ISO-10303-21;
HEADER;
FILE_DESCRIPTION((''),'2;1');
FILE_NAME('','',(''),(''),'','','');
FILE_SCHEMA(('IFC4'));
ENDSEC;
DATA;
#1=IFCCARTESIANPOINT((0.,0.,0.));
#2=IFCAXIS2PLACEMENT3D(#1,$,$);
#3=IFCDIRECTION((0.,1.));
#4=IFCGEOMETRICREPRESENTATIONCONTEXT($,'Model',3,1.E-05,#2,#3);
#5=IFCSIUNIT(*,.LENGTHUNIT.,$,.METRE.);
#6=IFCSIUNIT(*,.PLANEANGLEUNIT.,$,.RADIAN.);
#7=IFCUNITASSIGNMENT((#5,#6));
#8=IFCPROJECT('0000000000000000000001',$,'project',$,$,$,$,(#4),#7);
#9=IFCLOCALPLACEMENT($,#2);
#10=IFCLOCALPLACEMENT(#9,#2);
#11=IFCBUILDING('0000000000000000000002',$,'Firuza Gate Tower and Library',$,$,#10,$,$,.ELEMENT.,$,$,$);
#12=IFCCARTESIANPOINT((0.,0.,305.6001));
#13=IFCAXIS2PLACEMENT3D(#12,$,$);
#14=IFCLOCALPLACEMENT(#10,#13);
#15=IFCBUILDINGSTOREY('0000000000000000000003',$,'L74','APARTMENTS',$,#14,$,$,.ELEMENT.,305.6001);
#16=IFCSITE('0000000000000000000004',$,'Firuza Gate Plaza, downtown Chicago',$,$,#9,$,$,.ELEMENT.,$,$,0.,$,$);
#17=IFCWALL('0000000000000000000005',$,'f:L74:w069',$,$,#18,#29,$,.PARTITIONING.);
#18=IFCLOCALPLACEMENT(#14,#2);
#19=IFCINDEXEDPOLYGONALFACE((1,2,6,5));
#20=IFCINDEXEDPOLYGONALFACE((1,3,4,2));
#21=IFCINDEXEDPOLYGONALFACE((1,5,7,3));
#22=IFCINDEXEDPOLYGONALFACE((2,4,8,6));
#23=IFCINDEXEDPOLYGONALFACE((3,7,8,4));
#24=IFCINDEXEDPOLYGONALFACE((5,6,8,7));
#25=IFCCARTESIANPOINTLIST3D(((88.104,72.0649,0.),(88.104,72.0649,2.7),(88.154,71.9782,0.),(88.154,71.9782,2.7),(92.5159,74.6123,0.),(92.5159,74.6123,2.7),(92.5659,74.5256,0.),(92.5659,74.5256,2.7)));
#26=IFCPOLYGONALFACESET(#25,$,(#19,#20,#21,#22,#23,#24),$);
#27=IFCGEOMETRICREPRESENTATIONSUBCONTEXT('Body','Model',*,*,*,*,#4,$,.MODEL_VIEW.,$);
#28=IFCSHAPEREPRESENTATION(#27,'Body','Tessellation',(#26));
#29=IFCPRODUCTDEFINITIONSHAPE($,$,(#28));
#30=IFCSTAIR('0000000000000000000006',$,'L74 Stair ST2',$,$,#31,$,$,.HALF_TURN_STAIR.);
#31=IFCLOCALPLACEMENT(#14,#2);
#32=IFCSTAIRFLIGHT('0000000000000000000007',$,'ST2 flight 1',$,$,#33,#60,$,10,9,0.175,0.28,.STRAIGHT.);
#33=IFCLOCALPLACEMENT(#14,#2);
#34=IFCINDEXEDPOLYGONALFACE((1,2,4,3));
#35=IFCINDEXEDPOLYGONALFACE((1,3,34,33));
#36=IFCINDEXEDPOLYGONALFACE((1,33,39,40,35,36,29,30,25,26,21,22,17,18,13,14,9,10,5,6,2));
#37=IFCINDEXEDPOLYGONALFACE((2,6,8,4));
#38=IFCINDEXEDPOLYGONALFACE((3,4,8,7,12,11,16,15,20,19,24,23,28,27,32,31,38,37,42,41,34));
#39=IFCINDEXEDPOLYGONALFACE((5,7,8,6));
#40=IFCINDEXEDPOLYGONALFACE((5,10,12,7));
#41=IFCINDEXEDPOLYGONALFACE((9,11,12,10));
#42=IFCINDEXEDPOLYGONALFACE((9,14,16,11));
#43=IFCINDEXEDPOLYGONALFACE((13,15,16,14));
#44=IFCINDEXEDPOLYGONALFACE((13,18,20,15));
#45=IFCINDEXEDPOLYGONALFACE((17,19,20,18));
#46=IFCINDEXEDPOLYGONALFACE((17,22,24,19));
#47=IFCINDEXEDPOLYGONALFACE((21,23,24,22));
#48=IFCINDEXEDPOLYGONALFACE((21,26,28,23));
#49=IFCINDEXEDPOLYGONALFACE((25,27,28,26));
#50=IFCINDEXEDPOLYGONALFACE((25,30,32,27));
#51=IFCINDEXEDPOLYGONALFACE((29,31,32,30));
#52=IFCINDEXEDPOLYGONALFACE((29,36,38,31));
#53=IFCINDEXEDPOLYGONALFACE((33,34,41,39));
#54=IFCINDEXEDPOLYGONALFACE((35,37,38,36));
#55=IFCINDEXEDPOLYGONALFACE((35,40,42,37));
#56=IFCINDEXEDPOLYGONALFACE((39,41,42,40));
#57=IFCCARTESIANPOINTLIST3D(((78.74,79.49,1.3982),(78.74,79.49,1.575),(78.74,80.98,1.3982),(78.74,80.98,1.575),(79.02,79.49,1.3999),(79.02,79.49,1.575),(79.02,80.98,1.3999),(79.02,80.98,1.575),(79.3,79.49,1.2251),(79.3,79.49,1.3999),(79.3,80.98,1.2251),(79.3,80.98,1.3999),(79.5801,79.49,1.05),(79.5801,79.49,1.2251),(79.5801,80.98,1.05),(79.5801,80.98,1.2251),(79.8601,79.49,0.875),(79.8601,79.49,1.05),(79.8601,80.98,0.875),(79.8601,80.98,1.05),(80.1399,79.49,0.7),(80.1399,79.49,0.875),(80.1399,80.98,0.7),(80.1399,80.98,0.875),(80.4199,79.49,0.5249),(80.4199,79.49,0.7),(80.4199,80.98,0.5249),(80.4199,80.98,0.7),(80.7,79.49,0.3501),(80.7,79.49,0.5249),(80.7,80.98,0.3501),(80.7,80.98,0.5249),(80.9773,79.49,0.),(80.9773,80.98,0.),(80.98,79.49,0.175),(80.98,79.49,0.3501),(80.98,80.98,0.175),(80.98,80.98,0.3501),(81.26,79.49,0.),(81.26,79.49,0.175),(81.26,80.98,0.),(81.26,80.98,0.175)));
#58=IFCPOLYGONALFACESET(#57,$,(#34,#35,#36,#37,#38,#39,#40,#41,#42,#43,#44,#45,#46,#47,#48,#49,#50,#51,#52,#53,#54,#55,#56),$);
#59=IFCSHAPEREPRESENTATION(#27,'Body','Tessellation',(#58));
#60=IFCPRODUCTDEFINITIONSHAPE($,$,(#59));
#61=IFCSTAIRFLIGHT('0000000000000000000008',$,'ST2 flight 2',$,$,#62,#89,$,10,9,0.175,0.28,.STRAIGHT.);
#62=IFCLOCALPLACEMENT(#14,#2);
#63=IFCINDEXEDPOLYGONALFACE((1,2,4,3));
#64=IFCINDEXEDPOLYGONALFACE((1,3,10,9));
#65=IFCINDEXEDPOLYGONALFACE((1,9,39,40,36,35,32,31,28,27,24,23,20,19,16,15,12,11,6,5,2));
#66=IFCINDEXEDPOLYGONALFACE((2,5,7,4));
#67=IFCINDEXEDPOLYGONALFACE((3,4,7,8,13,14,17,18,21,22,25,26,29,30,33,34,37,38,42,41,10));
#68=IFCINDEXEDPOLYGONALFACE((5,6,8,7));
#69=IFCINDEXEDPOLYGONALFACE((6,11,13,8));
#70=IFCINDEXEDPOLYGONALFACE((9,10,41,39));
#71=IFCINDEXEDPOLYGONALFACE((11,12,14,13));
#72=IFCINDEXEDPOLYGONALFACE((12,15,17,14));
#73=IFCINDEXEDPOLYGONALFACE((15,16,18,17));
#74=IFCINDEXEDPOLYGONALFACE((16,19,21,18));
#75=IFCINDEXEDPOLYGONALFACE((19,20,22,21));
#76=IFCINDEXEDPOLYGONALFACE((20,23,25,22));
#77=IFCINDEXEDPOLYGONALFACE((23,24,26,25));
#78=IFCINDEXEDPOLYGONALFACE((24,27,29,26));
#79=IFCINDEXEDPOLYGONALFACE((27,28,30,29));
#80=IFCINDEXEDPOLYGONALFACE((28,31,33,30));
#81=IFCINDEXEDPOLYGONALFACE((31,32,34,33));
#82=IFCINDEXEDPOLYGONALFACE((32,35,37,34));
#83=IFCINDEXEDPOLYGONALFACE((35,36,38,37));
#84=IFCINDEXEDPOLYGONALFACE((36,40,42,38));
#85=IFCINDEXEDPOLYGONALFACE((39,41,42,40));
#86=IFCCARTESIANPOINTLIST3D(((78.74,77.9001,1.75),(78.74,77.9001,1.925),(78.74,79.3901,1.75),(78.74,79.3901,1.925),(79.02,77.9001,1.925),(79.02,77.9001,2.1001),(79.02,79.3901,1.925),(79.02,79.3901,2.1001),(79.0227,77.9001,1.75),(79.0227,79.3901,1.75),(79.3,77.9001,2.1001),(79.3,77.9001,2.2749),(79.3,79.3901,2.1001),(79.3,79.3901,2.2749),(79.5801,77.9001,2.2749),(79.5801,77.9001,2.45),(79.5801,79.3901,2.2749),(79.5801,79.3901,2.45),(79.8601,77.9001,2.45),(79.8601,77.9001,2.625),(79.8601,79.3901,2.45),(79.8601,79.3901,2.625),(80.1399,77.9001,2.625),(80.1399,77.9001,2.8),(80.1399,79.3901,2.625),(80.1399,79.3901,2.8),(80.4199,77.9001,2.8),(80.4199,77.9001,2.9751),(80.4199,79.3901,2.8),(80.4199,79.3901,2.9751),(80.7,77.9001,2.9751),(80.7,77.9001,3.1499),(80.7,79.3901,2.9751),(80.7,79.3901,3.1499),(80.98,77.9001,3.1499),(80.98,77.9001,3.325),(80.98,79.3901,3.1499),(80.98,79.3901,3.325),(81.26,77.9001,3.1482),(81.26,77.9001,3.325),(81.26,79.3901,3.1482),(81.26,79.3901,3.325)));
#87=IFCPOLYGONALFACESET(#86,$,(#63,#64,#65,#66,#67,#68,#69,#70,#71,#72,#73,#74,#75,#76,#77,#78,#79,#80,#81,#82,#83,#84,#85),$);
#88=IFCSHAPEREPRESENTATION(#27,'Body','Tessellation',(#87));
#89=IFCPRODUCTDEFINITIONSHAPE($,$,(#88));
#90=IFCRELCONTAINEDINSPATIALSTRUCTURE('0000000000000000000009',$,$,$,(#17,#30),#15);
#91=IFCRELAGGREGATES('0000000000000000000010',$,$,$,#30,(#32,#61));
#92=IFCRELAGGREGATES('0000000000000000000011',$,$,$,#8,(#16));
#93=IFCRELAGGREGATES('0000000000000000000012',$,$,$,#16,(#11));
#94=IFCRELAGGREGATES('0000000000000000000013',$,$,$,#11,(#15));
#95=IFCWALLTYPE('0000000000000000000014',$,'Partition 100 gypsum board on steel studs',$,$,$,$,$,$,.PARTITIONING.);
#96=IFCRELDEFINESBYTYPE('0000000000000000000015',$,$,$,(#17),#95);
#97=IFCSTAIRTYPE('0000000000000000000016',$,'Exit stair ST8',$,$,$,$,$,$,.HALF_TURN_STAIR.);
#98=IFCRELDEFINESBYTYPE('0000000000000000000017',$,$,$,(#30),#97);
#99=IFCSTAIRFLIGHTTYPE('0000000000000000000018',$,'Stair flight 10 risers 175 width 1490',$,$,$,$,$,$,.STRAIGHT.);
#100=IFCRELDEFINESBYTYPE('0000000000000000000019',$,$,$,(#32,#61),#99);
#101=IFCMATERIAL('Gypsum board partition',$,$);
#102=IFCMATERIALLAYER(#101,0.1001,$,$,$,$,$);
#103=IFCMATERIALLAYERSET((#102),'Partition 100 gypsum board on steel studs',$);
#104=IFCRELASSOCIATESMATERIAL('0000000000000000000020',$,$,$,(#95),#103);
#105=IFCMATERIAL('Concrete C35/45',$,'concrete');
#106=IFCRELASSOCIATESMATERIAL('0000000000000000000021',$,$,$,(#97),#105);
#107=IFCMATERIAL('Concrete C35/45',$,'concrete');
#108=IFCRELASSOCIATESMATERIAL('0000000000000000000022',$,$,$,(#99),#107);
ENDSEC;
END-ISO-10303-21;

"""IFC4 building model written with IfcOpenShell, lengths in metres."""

from ifc_helpers import new_model, si_unit, direction, frame, frame_2d, origin, place, context, subcontext, project, spatial, polyline, rectangle, outline, extrude, material, layer, layer_set, type_object, element, aggregate, save


model = new_model("IFC4")

# Units and contexts
model_context = context("Model", 3, precision=1e-05, world=origin(), true_north=direction((0.0, 1.0)))
body_context = subcontext(model_context, "Body", "Model", "MODEL_VIEW")
ifc_project = project(units=[si_unit("LENGTHUNIT", "METRE"), si_unit("PLANEANGLEUNIT", "RADIAN")], contexts=[model_context])

# Site, building, storey
site_placement = place(None, origin())
site = spatial("IfcSite", under=ifc_project, at=site_placement, Name="Firuza Gate Plaza, downtown Chicago", CompositionType="ELEMENT", RefElevation=0.0)
building_placement = place(site_placement, origin())
building = spatial("IfcBuilding", under=site, at=building_placement, Name="Firuza Gate Tower and Library", CompositionType="ELEMENT")
storey_placement = place(building_placement, frame((0.0, 0.0, 305.6001)))
storey = spatial("IfcBuildingStorey", under=building, at=storey_placement, Name="L74", Description="APARTMENTS", CompositionType="ELEMENT", Elevation=305.6001)

# Shared definitions
placement = place(storey_placement, origin())

# Wall
ifc_material_1 = material(Name="Gypsum board partition")
ifc_layer_1 = layer(ifc_material_1, 0.1001)
ifc_layer_set_1 = layer_set([ifc_layer_1], Name="Partition 100 gypsum board on steel studs")
wall_type_1 = type_object("IfcWallType", Name="Partition 100 gypsum board on steel studs", PredefinedType="PARTITIONING", material=ifc_layer_set_1)
wall_1_placement = place(storey_placement, frame((88.1289, 72.0215, 0.0), z_axis=(0.0, 0.0, 1.0), x_axis=(0.866011, 0.500025, 0.0)))
element("IfcWall", 1, at=wall_1_placement, inside=storey, type_object=wall_type_1, Name="f:L74:w069", PredefinedType="PARTITIONING", context=body_context, shape_type="SweptSolid", body=[
    extrude(rectangle(XDim=5.0945, YDim=0.1001, at=frame_2d((2.5474, 0.0))), origin(), (0.0, 0.0, 1.0), 2.7),
])

# Stair, stair flights
ifc_material_2 = material(Name="Concrete C35/45", Category="concrete")
stair_type = type_object("IfcStairType", Name="Exit stair ST8", PredefinedType="HALF_TURN_STAIR", material=ifc_material_2)
stair = element("IfcStair", 2, at=placement, inside=storey, type_object=stair_type, Name="L74 Stair ST2", PredefinedType="HALF_TURN_STAIR")
ifc_material_3 = material(Name="Concrete C35/45", Category="concrete")
stair_flight_type = type_object("IfcStairFlightType", Name="Stair flight 10 risers 175 width 1490", PredefinedType="STRAIGHT", material=ifc_material_3)
stair_flight_1_placement = place(storey_placement, frame((81.26, 80.2351, 0.0), z_axis=(0.0, 0.0, 1.0), x_axis=(-1.0, 0.0, 0.0)))
stair_flight_1 = element("IfcStairFlight", 3, at=stair_flight_1_placement, type_object=stair_flight_type, Name="ST2 flight 1", NumberOfRisers=10, NumberOfTreads=9, PredefinedType="STRAIGHT", RiserHeight=0.175, TreadLength=0.28, context=body_context, shape_type="SweptSolid", body=[
    extrude(outline(polyline([(0.0, 0.0), (0.0, 0.175), (0.28, 0.175), (0.28, 0.3501), (0.5601, 0.3501), (0.5601, 0.5249), (0.8401, 0.5249), (0.8401, 0.7), (1.1201, 0.7), (1.1201, 0.875), (1.3999, 0.875), (1.3999, 1.05), (1.6799, 1.05), (1.6799, 1.2251), (1.96, 1.2251), (1.96, 1.3999), (2.24, 1.3999), (2.24, 1.575), (2.52, 1.575), (2.52, 1.75), (2.52, 1.3982), (0.2827, 0.0), (0.0, 0.0)])), frame((0.0, 0.7451, 0.0), z_axis=(0.0, -1.0, 0.0), x_axis=(1.0, 0.0, 0.0)), (0.0, 0.0, 1.0), 1.49),
])
stair_flight_2_placement = place(storey_placement, frame((78.74, 78.645, 1.75), z_axis=(0.0, 0.0, 1.0), x_axis=(1.0, 0.0, 0.0)))
stair_flight_2 = element("IfcStairFlight", 4, at=stair_flight_2_placement, type_object=stair_flight_type, Name="ST2 flight 2", NumberOfRisers=10, NumberOfTreads=9, PredefinedType="STRAIGHT", RiserHeight=0.175, TreadLength=0.28, context=body_context, shape_type="SweptSolid", body=[
    extrude(outline(polyline([(0.0, 0.0), (0.0, 0.175), (0.28, 0.175), (0.28, 0.3501), (0.5601, 0.3501), (0.5601, 0.5249), (0.8401, 0.5249), (0.8401, 0.7), (1.1201, 0.7), (1.1201, 0.875), (1.3999, 0.875), (1.3999, 1.05), (1.6799, 1.05), (1.6799, 1.2251), (1.96, 1.2251), (1.96, 1.3999), (2.24, 1.3999), (2.24, 1.575), (2.52, 1.575), (2.52, 1.75), (2.52, 1.3982), (0.2827, 0.0), (0.0, 0.0)])), frame((0.0, 0.7451, 0.0), z_axis=(0.0, -1.0, 0.0), x_axis=(1.0, 0.0, 0.0)), (0.0, 0.0, 1.0), 1.49),
])
aggregate(stair, [stair_flight_1, stair_flight_2])

save(model, "model.ifc")
